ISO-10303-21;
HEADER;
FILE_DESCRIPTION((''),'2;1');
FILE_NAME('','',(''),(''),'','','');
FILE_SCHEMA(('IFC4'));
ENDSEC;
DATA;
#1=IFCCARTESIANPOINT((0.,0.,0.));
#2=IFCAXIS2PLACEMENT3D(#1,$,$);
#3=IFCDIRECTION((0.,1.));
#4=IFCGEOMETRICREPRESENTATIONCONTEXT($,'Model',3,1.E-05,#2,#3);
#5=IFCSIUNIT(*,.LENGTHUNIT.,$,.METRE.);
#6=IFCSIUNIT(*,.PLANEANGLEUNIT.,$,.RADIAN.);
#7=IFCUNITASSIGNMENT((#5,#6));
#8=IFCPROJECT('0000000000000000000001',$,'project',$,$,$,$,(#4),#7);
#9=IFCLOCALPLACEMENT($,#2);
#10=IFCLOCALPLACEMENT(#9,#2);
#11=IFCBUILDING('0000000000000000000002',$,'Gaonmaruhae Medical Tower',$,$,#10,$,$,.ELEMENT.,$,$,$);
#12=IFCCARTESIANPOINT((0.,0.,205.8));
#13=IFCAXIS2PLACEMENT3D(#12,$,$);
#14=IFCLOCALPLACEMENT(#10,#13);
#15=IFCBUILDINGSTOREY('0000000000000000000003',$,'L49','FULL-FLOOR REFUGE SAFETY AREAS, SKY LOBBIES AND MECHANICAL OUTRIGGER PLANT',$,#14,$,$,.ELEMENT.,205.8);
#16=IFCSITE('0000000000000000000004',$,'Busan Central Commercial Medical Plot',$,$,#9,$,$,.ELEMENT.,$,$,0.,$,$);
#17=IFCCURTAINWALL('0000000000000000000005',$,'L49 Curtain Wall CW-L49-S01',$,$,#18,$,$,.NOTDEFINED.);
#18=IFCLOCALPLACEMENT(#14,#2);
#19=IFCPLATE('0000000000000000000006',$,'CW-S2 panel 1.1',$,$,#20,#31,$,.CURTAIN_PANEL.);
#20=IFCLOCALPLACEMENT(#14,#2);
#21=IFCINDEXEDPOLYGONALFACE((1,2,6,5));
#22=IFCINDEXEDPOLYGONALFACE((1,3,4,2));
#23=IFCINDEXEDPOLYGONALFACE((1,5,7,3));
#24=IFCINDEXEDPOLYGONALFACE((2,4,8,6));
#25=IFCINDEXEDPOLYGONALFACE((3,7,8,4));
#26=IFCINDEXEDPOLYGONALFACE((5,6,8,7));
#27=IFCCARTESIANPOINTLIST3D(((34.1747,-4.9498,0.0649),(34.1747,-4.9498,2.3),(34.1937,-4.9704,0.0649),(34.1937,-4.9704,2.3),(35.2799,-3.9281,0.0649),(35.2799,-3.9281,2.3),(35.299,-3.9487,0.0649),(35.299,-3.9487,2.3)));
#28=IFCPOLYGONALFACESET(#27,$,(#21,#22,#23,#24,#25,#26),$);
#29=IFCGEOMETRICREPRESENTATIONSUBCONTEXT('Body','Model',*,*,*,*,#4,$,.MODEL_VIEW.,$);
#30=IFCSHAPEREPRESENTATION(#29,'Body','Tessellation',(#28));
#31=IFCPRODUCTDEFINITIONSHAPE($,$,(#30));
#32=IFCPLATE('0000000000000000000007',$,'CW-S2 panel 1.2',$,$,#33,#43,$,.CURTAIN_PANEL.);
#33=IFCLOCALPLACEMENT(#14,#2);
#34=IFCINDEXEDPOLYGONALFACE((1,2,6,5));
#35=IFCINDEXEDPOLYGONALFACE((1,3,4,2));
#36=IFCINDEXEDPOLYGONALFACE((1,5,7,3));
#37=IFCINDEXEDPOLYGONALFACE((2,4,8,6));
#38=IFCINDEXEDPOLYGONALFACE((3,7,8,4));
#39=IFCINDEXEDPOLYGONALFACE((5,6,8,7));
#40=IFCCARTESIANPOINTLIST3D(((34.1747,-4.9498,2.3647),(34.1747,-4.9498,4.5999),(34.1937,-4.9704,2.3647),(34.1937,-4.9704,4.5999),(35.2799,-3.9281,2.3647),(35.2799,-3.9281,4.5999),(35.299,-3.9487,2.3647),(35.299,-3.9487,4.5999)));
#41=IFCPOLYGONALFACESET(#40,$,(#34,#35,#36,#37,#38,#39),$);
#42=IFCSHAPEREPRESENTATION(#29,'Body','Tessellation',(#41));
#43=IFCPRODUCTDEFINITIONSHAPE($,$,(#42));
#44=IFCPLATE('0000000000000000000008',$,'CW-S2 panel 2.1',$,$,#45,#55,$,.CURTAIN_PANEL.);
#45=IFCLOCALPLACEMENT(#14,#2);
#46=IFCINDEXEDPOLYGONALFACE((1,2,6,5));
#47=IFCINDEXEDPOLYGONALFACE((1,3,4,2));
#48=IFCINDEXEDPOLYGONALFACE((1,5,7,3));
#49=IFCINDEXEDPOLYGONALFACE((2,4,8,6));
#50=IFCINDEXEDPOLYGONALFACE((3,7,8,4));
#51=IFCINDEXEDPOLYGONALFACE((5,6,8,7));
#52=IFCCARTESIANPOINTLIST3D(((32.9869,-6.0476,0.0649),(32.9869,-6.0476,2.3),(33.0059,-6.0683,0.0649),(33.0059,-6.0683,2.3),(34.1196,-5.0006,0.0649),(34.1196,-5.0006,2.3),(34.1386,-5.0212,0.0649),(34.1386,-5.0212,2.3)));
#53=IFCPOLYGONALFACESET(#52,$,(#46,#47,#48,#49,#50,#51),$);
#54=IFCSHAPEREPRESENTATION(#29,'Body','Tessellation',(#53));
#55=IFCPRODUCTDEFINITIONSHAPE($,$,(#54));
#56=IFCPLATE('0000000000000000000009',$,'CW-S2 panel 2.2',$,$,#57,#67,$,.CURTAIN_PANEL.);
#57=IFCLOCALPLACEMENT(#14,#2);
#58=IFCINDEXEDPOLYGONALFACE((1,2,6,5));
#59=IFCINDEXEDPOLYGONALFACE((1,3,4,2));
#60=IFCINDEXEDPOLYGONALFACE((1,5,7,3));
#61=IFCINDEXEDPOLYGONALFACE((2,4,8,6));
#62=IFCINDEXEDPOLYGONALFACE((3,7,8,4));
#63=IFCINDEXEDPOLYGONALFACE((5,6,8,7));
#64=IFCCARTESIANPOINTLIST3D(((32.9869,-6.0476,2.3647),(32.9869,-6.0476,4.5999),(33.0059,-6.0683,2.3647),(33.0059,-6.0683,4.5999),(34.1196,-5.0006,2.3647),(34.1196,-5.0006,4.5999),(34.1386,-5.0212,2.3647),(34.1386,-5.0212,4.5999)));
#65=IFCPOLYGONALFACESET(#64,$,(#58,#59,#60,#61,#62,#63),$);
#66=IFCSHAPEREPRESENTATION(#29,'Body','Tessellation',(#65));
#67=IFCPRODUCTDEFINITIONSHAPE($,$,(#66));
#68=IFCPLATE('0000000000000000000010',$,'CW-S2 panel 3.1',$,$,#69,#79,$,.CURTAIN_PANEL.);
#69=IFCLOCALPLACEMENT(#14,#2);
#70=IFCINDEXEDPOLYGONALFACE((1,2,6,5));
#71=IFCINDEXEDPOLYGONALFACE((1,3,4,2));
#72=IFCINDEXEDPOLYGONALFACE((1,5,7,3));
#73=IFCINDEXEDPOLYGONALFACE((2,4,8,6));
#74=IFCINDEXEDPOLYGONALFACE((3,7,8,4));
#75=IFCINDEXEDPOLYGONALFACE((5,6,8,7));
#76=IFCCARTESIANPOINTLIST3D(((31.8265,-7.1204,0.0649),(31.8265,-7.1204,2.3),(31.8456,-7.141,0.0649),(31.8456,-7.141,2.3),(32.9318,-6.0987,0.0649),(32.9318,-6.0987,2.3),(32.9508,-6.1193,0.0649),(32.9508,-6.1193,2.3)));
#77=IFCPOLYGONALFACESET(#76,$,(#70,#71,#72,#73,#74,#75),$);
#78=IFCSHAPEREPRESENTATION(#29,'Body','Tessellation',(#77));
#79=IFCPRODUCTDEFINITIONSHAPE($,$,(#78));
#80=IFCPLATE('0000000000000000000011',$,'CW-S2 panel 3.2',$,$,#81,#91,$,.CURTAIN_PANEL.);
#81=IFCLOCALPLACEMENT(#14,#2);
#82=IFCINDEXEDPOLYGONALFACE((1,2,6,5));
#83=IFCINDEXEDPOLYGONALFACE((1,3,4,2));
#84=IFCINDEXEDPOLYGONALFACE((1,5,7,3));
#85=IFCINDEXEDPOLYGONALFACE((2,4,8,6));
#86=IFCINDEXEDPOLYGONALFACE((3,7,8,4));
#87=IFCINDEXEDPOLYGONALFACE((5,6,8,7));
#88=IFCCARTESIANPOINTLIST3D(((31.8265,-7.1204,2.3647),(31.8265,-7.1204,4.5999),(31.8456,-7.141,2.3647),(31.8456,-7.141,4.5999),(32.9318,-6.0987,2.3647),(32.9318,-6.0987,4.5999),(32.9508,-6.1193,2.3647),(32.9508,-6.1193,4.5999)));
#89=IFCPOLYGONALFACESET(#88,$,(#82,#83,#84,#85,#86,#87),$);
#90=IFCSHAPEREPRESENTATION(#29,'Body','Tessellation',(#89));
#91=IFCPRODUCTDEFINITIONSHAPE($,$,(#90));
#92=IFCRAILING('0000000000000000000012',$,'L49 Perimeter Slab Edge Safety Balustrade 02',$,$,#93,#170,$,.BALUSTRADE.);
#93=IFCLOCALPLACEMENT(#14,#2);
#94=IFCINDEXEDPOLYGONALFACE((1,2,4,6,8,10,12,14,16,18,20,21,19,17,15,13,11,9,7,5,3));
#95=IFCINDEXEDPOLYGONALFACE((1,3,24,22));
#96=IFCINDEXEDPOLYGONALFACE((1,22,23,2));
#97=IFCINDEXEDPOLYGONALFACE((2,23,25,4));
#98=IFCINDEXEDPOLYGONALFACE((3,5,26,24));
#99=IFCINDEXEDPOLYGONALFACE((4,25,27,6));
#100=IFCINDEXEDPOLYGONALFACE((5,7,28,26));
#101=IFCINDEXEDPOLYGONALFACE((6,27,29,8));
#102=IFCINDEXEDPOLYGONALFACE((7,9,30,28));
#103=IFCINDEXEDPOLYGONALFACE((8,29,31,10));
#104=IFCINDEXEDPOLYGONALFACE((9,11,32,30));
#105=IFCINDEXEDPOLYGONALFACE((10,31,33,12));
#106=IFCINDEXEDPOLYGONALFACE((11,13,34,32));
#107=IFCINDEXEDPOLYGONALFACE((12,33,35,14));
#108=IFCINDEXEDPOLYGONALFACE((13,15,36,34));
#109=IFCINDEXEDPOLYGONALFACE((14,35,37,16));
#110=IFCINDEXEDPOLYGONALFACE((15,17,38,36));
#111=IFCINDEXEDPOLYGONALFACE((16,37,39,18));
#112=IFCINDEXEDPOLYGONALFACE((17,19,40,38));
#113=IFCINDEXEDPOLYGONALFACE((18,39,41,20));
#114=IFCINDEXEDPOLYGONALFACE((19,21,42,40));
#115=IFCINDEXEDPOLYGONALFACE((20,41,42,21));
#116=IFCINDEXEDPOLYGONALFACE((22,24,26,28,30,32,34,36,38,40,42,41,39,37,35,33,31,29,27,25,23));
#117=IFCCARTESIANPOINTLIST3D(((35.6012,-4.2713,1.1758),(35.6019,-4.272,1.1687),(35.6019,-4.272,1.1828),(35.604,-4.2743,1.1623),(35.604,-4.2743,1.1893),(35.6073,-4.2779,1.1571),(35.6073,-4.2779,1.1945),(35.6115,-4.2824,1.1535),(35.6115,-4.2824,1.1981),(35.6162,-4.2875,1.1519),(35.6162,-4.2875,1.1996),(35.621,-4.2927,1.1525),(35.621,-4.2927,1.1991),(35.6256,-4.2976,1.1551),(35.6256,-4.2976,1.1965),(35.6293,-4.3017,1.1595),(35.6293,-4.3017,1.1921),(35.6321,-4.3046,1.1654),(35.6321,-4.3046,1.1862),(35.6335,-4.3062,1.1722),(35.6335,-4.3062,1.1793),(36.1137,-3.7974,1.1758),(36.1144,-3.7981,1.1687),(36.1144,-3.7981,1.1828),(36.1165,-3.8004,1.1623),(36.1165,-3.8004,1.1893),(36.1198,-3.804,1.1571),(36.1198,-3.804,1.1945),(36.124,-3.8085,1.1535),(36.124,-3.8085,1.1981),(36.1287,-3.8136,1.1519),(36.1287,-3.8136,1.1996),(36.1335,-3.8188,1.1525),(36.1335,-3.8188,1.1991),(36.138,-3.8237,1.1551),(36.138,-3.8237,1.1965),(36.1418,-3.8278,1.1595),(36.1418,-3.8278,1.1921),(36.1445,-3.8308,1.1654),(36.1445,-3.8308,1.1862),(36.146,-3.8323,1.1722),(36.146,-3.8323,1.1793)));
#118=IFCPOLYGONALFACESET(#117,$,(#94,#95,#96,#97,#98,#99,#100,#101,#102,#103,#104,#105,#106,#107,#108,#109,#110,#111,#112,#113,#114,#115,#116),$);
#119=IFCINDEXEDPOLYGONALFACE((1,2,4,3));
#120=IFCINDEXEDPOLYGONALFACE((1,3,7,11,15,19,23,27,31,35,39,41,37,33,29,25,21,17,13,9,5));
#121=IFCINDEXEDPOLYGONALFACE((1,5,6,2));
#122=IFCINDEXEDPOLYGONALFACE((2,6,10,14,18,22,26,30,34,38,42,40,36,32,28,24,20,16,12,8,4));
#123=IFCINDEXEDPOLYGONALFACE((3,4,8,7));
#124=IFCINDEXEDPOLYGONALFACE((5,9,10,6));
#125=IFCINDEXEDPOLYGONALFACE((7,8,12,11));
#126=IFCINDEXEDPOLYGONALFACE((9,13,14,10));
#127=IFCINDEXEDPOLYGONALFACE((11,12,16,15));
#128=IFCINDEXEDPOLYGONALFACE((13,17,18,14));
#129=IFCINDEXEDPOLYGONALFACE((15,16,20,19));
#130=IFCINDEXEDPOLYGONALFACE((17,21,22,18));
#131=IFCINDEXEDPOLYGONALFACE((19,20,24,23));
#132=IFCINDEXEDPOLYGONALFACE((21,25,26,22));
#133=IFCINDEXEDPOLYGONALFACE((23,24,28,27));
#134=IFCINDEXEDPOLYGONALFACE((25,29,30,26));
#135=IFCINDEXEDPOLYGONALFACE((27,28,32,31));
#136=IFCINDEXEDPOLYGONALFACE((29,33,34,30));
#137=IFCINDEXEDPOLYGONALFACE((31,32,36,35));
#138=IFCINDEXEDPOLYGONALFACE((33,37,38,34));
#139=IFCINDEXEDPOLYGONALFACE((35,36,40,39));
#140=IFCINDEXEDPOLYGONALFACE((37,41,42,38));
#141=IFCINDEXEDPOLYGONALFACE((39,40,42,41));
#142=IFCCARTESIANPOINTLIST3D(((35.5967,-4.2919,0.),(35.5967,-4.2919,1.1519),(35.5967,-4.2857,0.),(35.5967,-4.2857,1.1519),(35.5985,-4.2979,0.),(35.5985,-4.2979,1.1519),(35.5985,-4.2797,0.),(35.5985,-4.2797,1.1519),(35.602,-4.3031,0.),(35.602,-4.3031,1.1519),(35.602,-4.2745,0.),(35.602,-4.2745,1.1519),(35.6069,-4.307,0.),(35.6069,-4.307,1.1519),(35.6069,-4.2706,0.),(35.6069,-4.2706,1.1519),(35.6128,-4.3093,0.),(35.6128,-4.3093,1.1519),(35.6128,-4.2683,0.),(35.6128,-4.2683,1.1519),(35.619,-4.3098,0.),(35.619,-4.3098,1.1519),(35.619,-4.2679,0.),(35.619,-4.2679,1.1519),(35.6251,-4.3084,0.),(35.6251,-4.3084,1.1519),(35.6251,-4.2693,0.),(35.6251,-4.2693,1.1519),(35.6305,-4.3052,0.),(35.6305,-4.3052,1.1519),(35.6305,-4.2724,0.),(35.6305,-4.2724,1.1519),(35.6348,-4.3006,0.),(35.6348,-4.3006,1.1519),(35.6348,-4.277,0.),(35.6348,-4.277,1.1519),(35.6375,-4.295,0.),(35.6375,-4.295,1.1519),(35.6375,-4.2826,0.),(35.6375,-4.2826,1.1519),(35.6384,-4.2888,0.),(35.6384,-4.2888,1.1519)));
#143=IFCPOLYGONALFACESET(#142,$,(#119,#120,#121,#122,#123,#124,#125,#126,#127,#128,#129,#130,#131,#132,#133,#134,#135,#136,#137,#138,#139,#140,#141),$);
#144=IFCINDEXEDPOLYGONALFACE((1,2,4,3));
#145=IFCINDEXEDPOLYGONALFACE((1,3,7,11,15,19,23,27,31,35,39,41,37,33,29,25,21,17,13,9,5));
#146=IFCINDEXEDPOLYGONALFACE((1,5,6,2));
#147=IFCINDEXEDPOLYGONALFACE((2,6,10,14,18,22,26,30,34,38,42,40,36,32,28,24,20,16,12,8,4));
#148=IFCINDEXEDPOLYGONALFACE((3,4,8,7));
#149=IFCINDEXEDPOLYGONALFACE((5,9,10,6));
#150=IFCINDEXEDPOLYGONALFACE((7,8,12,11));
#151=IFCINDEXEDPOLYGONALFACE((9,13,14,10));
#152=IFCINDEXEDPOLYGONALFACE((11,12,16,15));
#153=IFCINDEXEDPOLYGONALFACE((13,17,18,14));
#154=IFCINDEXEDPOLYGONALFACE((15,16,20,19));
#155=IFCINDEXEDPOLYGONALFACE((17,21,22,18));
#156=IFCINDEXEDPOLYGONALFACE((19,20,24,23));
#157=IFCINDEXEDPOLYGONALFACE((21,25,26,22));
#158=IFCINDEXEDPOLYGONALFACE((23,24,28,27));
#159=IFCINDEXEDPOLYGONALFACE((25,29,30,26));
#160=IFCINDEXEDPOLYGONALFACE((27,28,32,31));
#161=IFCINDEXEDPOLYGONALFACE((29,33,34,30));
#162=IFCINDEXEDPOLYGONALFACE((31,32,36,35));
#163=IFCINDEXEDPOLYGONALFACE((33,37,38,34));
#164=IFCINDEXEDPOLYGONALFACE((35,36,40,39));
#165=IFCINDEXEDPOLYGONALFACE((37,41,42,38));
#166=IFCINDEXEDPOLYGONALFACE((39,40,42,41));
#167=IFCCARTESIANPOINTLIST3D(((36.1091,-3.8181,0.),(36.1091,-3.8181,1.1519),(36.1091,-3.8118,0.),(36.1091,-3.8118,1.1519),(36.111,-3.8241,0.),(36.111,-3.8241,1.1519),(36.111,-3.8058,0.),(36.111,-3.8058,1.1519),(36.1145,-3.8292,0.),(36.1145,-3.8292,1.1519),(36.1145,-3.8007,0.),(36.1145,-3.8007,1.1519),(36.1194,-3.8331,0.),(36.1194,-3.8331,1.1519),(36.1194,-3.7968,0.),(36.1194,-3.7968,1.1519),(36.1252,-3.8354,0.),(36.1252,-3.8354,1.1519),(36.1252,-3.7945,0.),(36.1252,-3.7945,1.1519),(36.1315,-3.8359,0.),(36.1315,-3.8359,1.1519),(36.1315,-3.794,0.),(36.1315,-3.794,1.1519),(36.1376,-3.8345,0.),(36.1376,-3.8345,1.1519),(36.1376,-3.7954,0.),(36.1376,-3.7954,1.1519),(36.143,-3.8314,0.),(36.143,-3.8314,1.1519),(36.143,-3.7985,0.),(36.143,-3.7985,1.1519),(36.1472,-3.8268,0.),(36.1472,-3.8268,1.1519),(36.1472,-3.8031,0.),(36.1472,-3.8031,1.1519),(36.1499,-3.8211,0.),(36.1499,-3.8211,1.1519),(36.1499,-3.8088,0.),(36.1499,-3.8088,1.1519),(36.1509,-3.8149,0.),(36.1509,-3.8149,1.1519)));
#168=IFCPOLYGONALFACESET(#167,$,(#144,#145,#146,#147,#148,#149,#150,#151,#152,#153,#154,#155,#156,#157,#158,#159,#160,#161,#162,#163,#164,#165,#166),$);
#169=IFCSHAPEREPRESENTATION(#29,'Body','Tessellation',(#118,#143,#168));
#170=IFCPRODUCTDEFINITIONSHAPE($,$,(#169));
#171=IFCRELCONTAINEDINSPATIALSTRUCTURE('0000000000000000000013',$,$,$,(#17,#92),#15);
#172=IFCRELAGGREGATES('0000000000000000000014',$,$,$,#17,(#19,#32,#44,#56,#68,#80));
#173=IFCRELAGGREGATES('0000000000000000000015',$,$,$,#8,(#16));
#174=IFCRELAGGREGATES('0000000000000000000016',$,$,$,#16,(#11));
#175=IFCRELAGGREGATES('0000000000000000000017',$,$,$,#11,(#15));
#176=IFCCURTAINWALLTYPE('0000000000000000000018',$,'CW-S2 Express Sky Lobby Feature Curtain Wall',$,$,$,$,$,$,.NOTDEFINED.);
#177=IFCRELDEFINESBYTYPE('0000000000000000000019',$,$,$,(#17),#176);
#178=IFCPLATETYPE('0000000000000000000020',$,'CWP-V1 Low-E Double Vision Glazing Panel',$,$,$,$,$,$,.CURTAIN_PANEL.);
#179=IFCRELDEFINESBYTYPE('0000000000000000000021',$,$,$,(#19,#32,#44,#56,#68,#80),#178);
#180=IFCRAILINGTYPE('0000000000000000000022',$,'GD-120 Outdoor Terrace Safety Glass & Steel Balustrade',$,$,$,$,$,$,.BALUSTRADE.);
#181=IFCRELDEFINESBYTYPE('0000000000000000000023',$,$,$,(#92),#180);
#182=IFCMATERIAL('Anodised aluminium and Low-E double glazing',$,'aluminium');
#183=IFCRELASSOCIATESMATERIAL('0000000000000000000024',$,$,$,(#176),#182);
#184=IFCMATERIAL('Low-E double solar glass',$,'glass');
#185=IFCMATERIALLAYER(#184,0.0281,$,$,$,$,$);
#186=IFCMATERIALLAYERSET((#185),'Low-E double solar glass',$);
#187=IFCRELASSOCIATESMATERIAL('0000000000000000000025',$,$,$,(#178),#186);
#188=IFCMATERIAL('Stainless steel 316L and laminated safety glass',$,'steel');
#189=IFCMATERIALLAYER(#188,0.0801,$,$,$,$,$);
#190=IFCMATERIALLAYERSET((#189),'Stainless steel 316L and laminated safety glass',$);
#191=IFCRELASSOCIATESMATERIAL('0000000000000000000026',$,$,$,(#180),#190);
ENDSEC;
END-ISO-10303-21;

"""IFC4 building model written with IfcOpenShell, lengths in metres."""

from ifc_helpers import new_model, si_unit, direction, frame, origin, origin_2d, place, context, subcontext, project, spatial, rectangle, circle, extrude, material, layer, layer_set, type_object, element, aggregate, save


model = new_model("IFC4")

# Units and contexts
model_context = context("Model", 3, precision=1e-05, world=origin(), true_north=direction((0.0, 1.0)))
body_context = subcontext(model_context, "Body", "Model", "MODEL_VIEW")
ifc_project = project(units=[si_unit("LENGTHUNIT", "METRE"), si_unit("PLANEANGLEUNIT", "RADIAN")], contexts=[model_context])

# Site, building, storey
site_placement = place(None, origin())
site = spatial("IfcSite", under=ifc_project, at=site_placement, Name="Busan Central Commercial Medical Plot", CompositionType="ELEMENT", RefElevation=0.0)
building_placement = place(site_placement, origin())
building = spatial("IfcBuilding", under=site, at=building_placement, Name="Gaonmaruhae Medical Tower", CompositionType="ELEMENT")
storey_placement = place(building_placement, frame((0.0, 0.0, 205.8)))
storey = spatial("IfcBuildingStorey", under=building, at=storey_placement, Name="L49", Description="FULL-FLOOR REFUGE SAFETY AREAS, SKY LOBBIES AND MECHANICAL OUTRIGGER PLANT", CompositionType="ELEMENT", Elevation=205.8)

# Curtain wall, plates
ifc_material_1 = material(Name="Anodised aluminium and Low-E double glazing", Category="aluminium")
curtain_wall_type = type_object("IfcCurtainWallType", Name="CW-S2 Express Sky Lobby Feature Curtain Wall", PredefinedType="NOTDEFINED", material=ifc_material_1)
curtain_wall_placement = place(storey_placement, origin())
curtain_wall = element("IfcCurtainWall", 1, at=curtain_wall_placement, inside=storey, type_object=curtain_wall_type, Name="L49 Curtain Wall CW-L49-S01", PredefinedType="NOTDEFINED")
ifc_material_2 = material(Name="Low-E double solar glass", Category="glass")
ifc_layer_1 = layer(ifc_material_2, 0.0281)
ifc_layer_set_1 = layer_set([ifc_layer_1], Name="Low-E double solar glass")
plate_type = type_object("IfcPlateType", Name="CWP-V1 Low-E Double Vision Glazing Panel", PredefinedType="CURTAIN_PANEL", material=ifc_layer_set_1)
plate_1_placement = place(storey_placement, frame((34.7368, -4.4492, 0.0649), z_axis=(0.0, 0.0, 1.0), x_axis=(-0.73432, -0.678804, 0.0)))
plate_1 = element("IfcPlate", 2, at=plate_1_placement, type_object=plate_type, Name="CW-S2 panel 1.1", PredefinedType="CURTAIN_PANEL", context=body_context, shape_type="SweptSolid", body=[
    extrude(rectangle(XDim=1.5051, YDim=0.0281, at=origin_2d()), origin(), (0.0, 0.0, 1.0), 2.2351),
])
plate_2_placement = place(storey_placement, frame((34.7368, -4.4492, 2.3647), z_axis=(0.0, 0.0, 1.0), x_axis=(-0.73432, -0.678804, 0.0)))
plate_2 = element("IfcPlate", 3, at=plate_2_placement, type_object=plate_type, Name="CW-S2 panel 1.2", PredefinedType="CURTAIN_PANEL", context=body_context, shape_type="SweptSolid", body=[
    extrude(rectangle(XDim=1.5051, YDim=0.0281, at=origin_2d()), origin(), (0.0, 0.0, 1.0), 2.2351),
])
plate_3_placement = place(storey_placement, frame((33.5627, -5.5344, 0.0649), z_axis=(0.0, 0.0, 1.0), x_axis=(-0.73432, -0.678804, 0.0)))
plate_3 = element("IfcPlate", 4, at=plate_3_placement, type_object=plate_type, Name="CW-S2 panel 2.1", PredefinedType="CURTAIN_PANEL", context=body_context, shape_type="SweptSolid", body=[
    extrude(rectangle(XDim=1.5425, YDim=0.0281, at=origin_2d()), origin(), (0.0, 0.0, 1.0), 2.2351),
])
plate_4_placement = place(storey_placement, frame((33.5627, -5.5344, 2.3647), z_axis=(0.0, 0.0, 1.0), x_axis=(-0.73432, -0.678804, 0.0)))
plate_4 = element("IfcPlate", 5, at=plate_4_placement, type_object=plate_type, Name="CW-S2 panel 2.2", PredefinedType="CURTAIN_PANEL", context=body_context, shape_type="SweptSolid", body=[
    extrude(rectangle(XDim=1.5425, YDim=0.0281, at=origin_2d()), origin(), (0.0, 0.0, 1.0), 2.2351),
])
plate_5_placement = place(storey_placement, frame((32.3887, -6.6199, 0.0649), z_axis=(0.0, 0.0, 1.0), x_axis=(-0.73432, -0.678804, 0.0)))
plate_5 = element("IfcPlate", 6, at=plate_5_placement, type_object=plate_type, Name="CW-S2 panel 3.1", PredefinedType="CURTAIN_PANEL", context=body_context, shape_type="SweptSolid", body=[
    extrude(rectangle(XDim=1.5051, YDim=0.0281, at=origin_2d()), origin(), (0.0, 0.0, 1.0), 2.2351),
])
plate_6_placement = place(storey_placement, frame((32.3887, -6.6199, 2.3647), z_axis=(0.0, 0.0, 1.0), x_axis=(-0.73432, -0.678804, 0.0)))
plate_6 = element("IfcPlate", 7, at=plate_6_placement, type_object=plate_type, Name="CW-S2 panel 3.2", PredefinedType="CURTAIN_PANEL", context=body_context, shape_type="SweptSolid", body=[
    extrude(rectangle(XDim=1.5051, YDim=0.0281, at=origin_2d()), origin(), (0.0, 0.0, 1.0), 2.2351),
])
aggregate(curtain_wall, [plate_1, plate_2, plate_3, plate_4, plate_5, plate_6])

# Railing
ifc_material_3 = material(Name="Stainless steel 316L and laminated safety glass", Category="steel")
ifc_layer_2 = layer(ifc_material_3, 0.0801)
ifc_layer_set_2 = layer_set([ifc_layer_2], Name="Stainless steel 316L and laminated safety glass")
railing_type = type_object("IfcRailingType", Name="GD-120 Outdoor Terrace Safety Glass & Steel Balustrade", PredefinedType="BALUSTRADE", material=ifc_layer_set_2)
railing_1_placement = place(storey_placement, frame((35.6174, -4.2888, 0.0)))
element("IfcRailing", 8, at=railing_1_placement, inside=storey, type_object=railing_type, Name="L49 Perimeter Slab Edge Safety Balustrade 02", PredefinedType="BALUSTRADE", context=body_context, shape_type="SweptSolid", body=[
    extrude(circle(Radius=0.0239, at=origin_2d()), frame((0.0, 0.0, 1.1758), z_axis=(0.7342, 0.678934, 0.0), x_axis=(-0.678934, 0.7342, 0.0)), (0.0, 0.0, 1.0), 0.698),
    extrude(circle(Radius=0.021, at=origin_2d()), origin(), (0.0, 0.0, 1.0), 1.1519),
    extrude(circle(Radius=0.021, at=origin_2d()), frame((0.5125, 0.4739, 0.0)), (0.0, 0.0, 1.0), 1.1519),
])

save(model, "model.ifc")
